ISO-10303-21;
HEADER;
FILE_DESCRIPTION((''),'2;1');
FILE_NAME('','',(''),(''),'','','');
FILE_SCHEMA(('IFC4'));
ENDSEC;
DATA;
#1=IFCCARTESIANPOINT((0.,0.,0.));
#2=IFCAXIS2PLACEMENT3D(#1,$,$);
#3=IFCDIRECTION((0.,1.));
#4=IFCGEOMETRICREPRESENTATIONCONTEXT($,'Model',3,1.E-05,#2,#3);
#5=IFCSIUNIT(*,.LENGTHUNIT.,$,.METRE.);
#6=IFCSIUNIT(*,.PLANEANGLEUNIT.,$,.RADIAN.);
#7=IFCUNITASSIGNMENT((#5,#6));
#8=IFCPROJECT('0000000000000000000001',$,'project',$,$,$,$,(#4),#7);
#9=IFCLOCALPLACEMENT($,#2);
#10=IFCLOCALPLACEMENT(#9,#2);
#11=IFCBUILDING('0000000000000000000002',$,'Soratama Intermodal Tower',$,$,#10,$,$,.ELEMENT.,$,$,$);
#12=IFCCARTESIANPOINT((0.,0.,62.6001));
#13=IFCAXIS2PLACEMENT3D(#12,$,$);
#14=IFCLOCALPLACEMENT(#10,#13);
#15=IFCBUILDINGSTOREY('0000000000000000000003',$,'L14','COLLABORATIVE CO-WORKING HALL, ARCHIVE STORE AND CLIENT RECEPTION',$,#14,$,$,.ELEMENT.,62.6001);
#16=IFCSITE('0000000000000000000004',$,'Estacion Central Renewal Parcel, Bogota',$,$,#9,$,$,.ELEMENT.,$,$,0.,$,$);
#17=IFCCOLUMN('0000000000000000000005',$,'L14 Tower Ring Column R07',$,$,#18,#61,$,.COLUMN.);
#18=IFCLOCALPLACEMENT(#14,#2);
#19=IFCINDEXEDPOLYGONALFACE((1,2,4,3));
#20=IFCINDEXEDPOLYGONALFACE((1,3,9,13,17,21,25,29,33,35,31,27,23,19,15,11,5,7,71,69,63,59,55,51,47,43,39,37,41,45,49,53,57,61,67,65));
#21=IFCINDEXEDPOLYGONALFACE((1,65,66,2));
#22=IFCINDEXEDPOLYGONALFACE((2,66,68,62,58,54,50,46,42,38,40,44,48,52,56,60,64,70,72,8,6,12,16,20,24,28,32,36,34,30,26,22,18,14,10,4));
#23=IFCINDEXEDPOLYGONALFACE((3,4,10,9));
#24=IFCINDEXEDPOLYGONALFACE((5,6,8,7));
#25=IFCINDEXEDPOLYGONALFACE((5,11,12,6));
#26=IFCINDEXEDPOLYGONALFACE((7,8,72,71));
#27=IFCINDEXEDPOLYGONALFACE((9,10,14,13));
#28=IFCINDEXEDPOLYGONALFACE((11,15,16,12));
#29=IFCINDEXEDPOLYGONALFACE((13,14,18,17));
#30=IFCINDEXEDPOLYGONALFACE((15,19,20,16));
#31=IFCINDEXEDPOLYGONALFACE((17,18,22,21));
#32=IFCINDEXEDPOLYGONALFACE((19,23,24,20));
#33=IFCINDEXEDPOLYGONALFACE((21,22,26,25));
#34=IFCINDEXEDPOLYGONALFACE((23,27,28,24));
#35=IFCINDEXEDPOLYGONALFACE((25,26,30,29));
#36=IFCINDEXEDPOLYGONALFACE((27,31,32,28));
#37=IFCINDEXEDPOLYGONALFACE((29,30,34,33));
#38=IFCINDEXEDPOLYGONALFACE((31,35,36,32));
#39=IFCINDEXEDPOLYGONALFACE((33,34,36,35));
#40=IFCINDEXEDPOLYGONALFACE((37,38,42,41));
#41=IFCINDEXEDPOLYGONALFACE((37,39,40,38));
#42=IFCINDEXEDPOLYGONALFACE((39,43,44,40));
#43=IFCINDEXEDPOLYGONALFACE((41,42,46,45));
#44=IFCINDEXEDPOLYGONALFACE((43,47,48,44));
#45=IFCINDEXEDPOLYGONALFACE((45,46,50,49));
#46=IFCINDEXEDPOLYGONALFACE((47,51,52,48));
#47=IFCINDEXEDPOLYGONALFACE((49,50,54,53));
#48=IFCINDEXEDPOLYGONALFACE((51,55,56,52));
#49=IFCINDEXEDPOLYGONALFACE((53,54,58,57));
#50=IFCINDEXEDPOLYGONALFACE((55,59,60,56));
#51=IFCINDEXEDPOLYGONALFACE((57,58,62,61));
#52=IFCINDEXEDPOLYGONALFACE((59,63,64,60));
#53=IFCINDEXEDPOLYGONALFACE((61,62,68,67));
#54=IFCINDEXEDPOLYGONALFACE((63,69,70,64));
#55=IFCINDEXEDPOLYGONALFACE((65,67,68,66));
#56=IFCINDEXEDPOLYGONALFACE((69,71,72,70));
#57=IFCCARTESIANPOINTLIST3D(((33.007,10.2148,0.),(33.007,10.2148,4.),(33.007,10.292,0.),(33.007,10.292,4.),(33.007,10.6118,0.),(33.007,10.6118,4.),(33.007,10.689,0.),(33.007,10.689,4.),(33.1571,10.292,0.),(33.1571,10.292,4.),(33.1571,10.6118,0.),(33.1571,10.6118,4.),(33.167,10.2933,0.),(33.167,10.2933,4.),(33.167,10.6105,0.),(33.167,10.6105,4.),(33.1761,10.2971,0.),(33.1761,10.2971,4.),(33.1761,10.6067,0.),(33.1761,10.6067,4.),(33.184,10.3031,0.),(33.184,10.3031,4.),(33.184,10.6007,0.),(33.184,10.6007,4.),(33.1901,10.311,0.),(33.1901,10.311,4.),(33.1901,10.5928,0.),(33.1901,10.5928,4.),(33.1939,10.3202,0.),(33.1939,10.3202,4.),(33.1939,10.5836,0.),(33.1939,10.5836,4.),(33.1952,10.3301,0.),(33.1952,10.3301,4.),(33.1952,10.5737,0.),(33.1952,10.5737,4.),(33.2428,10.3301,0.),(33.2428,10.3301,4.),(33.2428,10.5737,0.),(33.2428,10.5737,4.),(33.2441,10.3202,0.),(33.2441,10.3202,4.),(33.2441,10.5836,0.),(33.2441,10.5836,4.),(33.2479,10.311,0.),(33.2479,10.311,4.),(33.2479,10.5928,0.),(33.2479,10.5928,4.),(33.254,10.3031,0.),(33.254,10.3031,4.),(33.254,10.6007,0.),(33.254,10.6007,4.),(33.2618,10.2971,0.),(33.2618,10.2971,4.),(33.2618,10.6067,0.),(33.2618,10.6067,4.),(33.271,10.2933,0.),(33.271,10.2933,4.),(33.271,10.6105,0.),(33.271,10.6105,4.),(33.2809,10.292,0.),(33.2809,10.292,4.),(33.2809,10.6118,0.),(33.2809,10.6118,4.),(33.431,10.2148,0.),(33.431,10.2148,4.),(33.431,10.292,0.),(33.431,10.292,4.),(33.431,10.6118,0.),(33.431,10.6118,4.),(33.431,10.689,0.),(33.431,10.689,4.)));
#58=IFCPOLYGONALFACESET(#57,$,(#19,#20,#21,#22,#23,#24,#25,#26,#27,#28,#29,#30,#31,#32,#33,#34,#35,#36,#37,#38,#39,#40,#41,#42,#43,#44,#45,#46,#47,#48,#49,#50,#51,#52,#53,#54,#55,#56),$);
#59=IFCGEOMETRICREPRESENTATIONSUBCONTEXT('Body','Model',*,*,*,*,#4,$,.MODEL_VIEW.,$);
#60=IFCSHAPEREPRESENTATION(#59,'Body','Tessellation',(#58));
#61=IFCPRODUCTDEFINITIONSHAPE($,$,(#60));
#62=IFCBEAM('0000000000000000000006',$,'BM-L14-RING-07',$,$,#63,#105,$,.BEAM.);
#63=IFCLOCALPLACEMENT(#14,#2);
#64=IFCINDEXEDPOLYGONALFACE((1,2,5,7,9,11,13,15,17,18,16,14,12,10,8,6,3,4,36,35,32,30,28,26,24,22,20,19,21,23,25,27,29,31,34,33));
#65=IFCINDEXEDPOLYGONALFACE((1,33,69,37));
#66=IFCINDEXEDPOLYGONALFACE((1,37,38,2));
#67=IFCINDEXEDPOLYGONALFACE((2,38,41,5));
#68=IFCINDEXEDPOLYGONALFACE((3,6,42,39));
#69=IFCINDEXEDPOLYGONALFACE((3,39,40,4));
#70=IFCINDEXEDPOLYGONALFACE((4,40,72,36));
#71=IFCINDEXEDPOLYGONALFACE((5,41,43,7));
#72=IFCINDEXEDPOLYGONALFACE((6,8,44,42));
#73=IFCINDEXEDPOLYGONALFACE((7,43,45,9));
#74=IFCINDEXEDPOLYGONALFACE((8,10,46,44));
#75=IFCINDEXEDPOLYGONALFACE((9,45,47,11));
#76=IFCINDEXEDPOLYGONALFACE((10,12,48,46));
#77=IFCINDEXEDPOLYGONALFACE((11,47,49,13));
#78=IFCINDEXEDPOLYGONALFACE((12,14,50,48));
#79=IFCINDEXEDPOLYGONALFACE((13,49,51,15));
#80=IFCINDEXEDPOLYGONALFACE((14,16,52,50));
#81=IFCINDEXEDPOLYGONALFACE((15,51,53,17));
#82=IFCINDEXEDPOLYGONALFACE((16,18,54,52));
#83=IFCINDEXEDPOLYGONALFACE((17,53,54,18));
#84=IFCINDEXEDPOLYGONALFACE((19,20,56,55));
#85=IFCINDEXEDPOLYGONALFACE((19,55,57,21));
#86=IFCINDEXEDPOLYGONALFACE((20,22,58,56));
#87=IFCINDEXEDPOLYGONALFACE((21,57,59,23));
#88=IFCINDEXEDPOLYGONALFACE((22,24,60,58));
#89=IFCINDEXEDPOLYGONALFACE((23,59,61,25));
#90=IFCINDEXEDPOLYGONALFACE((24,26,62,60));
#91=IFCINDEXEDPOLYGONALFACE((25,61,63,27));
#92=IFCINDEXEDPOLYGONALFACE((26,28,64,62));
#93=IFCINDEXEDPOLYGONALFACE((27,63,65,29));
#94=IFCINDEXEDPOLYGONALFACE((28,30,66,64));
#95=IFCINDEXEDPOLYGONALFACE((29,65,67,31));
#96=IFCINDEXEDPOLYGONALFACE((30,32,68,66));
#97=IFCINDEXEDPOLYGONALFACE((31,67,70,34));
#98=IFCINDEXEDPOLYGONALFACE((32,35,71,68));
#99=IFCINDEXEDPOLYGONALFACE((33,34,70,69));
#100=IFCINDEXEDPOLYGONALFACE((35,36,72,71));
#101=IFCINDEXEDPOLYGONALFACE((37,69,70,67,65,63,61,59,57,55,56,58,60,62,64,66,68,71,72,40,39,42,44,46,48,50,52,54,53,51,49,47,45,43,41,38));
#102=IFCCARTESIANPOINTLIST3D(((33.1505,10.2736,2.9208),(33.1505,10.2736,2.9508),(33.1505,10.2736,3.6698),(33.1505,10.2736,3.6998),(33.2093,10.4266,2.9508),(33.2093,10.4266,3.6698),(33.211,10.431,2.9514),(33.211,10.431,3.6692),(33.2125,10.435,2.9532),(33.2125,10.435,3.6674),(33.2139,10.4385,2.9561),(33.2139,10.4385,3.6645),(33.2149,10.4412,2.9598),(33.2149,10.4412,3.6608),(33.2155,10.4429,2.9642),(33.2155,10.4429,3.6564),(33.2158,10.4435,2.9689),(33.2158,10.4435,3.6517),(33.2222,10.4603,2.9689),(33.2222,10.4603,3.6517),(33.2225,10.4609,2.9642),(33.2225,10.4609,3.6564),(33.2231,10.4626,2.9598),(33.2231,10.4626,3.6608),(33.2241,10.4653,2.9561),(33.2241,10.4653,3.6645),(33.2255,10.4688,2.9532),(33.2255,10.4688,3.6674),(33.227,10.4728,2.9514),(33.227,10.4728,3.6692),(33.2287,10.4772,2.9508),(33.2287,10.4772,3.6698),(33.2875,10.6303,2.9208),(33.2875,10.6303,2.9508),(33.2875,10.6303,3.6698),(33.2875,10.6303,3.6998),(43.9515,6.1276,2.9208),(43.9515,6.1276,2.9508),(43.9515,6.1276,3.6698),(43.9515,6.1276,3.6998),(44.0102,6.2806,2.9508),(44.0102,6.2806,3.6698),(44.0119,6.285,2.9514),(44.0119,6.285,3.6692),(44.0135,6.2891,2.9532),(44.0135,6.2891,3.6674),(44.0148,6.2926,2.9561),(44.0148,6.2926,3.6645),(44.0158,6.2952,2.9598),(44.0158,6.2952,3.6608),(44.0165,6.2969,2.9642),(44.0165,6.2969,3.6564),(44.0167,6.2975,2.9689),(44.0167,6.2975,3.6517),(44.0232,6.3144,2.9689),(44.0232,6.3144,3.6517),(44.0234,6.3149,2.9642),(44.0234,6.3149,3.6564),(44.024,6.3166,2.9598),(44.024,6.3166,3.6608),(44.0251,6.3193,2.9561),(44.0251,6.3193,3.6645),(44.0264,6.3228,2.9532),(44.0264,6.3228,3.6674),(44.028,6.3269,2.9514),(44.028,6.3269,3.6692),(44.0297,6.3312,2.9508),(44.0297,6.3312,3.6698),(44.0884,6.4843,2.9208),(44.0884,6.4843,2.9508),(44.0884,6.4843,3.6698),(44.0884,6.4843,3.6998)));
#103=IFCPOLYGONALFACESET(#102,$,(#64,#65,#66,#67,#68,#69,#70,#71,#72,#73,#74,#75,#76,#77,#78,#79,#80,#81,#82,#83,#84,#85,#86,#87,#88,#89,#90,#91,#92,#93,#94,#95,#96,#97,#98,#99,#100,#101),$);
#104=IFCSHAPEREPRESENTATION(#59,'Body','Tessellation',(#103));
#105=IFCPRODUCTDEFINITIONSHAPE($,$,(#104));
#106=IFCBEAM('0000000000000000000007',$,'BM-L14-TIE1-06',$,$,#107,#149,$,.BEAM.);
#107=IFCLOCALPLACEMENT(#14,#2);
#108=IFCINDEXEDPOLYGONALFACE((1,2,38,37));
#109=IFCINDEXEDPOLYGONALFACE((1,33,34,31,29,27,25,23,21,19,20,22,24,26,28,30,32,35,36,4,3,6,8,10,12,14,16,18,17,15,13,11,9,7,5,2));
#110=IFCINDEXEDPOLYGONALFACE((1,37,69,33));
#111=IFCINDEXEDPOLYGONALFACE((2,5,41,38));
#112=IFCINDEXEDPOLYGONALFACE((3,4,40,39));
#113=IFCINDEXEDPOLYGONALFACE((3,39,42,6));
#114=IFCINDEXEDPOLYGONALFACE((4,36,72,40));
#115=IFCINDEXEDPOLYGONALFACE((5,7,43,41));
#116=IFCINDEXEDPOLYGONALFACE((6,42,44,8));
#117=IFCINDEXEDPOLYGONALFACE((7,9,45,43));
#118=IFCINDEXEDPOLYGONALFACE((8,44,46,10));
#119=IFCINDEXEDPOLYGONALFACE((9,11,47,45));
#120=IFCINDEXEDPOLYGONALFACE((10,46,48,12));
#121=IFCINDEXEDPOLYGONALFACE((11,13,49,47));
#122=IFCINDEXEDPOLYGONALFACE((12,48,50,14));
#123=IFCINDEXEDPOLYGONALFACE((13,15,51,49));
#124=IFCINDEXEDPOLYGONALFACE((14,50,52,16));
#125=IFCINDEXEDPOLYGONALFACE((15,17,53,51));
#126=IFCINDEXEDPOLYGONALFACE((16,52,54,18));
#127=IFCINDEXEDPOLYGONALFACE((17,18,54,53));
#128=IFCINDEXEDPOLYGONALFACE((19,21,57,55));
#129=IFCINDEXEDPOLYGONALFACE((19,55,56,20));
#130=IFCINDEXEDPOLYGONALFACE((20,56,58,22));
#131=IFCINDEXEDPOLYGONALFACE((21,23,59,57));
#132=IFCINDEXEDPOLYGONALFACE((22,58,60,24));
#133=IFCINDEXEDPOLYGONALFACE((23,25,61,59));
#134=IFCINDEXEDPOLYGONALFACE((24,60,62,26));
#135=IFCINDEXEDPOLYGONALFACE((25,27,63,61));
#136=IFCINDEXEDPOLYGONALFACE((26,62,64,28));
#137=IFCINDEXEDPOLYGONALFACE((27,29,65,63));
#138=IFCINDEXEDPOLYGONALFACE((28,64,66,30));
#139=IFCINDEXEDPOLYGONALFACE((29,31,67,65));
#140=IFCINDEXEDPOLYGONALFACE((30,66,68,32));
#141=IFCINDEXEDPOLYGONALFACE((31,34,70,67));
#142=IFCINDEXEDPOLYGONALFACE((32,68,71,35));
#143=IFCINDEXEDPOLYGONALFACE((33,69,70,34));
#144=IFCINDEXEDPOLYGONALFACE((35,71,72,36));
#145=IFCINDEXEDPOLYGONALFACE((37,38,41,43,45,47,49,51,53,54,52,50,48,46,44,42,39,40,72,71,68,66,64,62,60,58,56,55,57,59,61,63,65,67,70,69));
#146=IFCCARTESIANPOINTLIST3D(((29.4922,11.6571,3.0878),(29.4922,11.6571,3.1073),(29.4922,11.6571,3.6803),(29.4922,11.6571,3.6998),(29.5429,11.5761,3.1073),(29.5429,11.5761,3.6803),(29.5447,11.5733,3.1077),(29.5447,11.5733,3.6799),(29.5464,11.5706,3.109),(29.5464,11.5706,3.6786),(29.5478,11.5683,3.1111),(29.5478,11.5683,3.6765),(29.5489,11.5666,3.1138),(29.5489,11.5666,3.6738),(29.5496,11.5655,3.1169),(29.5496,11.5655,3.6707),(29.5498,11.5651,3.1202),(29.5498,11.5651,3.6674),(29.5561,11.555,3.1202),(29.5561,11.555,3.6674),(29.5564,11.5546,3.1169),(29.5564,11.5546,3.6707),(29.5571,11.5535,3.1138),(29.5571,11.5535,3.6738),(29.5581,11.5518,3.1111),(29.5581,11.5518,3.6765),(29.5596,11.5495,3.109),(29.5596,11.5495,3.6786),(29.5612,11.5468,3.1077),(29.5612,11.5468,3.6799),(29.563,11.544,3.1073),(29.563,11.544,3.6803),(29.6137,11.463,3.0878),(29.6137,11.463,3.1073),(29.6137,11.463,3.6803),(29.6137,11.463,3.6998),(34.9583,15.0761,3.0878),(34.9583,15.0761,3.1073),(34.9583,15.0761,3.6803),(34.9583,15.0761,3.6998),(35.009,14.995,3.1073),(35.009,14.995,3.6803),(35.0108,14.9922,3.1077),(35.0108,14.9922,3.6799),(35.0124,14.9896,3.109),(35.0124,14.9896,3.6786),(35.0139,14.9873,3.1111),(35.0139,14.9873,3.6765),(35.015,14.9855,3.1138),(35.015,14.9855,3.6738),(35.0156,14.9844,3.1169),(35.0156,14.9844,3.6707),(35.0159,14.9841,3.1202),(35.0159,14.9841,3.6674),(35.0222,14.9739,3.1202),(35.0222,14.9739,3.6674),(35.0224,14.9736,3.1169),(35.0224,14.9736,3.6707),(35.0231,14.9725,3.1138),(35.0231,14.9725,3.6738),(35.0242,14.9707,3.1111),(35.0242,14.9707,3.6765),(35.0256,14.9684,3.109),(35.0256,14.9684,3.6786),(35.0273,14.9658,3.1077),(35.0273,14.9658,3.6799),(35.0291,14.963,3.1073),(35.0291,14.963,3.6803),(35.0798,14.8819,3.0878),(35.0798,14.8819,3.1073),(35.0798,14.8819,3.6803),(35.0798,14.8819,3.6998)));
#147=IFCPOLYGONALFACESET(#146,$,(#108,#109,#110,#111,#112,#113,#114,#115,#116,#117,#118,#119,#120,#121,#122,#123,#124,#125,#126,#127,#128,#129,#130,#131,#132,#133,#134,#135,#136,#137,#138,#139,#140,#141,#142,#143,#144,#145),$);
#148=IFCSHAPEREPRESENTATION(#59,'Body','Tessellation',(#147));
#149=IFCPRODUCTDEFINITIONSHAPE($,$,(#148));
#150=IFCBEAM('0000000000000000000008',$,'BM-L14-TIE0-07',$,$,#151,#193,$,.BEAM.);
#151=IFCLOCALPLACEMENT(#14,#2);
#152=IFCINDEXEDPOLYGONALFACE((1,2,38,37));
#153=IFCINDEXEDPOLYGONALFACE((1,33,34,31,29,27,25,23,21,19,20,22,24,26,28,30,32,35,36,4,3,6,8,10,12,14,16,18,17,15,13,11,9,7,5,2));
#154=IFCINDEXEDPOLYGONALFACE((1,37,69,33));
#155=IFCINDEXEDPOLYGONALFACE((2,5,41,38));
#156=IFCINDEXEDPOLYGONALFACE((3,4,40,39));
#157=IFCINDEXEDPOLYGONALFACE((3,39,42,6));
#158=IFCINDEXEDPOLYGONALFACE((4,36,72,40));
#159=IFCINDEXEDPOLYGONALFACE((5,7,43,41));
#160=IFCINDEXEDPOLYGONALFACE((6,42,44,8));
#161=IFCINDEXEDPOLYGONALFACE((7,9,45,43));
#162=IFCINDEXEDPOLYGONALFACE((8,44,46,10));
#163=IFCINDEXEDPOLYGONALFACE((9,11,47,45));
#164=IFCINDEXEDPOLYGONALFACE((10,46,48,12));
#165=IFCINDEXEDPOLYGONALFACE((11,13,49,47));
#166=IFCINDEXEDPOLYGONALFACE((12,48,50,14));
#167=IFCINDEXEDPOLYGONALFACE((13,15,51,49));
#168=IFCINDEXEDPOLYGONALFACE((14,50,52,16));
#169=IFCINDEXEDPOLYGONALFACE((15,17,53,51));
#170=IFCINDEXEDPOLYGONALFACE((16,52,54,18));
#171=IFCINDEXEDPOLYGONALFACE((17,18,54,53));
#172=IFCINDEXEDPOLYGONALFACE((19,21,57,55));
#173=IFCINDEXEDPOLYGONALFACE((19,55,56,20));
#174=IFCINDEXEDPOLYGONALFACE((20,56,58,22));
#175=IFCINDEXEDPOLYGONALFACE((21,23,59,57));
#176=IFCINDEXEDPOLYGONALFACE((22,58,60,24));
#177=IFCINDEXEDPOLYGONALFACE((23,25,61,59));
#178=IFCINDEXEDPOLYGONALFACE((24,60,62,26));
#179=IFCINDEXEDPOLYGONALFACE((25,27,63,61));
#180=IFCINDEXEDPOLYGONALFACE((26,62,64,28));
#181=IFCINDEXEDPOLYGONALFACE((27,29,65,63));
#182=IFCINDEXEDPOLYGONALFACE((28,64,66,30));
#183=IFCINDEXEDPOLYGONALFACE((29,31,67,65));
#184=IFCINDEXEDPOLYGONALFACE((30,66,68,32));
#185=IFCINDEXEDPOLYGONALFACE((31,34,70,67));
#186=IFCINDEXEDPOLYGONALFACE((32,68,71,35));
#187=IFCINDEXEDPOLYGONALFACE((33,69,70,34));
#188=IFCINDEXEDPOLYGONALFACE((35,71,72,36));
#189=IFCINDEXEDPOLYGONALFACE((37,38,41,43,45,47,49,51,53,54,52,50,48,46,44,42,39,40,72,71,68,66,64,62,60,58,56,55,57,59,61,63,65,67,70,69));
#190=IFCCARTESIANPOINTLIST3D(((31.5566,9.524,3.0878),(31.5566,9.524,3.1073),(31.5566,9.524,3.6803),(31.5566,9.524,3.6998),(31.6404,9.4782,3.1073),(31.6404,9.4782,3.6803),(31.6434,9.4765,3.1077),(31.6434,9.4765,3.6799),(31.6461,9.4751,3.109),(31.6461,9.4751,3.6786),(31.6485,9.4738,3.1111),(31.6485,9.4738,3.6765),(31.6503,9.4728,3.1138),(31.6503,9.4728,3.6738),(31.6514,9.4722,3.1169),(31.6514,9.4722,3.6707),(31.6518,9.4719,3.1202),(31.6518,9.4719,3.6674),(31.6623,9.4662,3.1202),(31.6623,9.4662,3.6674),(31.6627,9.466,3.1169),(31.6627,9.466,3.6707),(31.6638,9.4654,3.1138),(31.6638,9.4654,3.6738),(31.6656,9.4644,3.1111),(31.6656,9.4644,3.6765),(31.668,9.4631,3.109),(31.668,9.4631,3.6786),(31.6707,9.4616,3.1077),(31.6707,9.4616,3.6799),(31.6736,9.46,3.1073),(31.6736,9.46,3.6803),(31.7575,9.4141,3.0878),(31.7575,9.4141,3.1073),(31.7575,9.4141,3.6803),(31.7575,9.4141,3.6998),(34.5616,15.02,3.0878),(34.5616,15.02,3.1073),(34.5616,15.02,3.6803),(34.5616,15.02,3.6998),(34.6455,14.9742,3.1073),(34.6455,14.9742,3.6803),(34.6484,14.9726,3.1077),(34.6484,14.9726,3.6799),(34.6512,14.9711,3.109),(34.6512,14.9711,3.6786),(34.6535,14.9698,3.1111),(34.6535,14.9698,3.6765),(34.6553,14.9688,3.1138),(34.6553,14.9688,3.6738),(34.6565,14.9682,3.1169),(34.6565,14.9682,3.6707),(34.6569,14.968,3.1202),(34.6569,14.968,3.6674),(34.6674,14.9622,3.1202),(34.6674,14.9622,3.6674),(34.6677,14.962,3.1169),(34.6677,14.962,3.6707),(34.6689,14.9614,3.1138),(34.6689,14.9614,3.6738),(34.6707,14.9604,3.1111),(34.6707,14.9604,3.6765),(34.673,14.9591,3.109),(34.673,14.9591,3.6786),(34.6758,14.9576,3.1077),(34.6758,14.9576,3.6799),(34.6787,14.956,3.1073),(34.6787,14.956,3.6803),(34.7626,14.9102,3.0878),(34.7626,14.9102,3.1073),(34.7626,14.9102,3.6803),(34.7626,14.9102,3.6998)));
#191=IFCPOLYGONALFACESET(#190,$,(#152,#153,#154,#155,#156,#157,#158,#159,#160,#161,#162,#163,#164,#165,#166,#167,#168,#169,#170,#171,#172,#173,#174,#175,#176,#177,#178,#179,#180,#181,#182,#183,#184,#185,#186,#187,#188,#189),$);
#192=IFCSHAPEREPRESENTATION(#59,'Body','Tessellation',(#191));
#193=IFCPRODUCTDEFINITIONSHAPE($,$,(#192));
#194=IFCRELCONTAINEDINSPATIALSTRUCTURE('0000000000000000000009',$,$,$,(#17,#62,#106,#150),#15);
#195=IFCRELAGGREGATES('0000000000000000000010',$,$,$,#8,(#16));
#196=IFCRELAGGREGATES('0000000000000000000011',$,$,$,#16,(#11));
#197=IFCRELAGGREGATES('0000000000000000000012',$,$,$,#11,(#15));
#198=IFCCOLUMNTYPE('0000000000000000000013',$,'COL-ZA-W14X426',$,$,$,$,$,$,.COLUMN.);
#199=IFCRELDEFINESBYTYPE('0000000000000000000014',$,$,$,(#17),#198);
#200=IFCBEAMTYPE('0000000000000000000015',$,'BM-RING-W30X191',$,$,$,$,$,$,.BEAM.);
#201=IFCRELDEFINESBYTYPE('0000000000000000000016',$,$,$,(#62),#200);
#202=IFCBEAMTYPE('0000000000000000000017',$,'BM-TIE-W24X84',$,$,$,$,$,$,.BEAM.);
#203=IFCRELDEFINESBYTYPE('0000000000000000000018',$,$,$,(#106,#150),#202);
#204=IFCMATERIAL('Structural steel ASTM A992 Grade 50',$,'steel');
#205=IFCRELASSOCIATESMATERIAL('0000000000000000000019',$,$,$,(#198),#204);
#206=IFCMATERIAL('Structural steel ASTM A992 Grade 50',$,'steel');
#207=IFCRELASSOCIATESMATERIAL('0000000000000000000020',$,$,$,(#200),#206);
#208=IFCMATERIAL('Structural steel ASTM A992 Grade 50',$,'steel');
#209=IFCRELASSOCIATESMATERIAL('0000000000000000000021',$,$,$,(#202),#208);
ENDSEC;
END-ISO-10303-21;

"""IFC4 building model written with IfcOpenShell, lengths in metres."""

from ifc_helpers import new_model, si_unit, direction, frame, origin, origin_2d, place, context, subcontext, project, spatial, i_section, extrude, material, material_profile, profile_set, type_object, element, save


model = new_model("IFC4")

# Units and contexts
model_context = context("Model", 3, precision=1e-05, world=origin(), true_north=direction((0.0, 1.0)))
body_context = subcontext(model_context, "Body", "Model", "MODEL_VIEW")
ifc_project = project(units=[si_unit("LENGTHUNIT", "METRE"), si_unit("PLANEANGLEUNIT", "RADIAN")], contexts=[model_context])

# Site, building, storey
site_placement = place(None, origin())
site = spatial("IfcSite", under=ifc_project, at=site_placement, Name="Estacion Central Renewal Parcel, Bogota", CompositionType="ELEMENT", RefElevation=0.0)
building_placement = place(site_placement, origin())
building = spatial("IfcBuilding", under=site, at=building_placement, Name="Soratama Intermodal Tower", CompositionType="ELEMENT")
storey_placement = place(building_placement, frame((0.0, 0.0, 62.6001)))
storey = spatial("IfcBuildingStorey", under=building, at=storey_placement, Name="L14", Description="COLLABORATIVE CO-WORKING HALL, ARCHIVE STORE AND CLIENT RECEPTION", CompositionType="ELEMENT", Elevation=62.6001)

# Column
ifc_material_1 = material(Name="Structural steel ASTM A992 Grade 50", Category="steel")
ifc_material_profile_1 = material_profile(ifc_material_1, i_section(OverallWidth=0.4241, OverallDepth=0.4741, WebThickness=0.0476, FlangeThickness=0.0771, FilletRadius=0.0381, at=origin_2d()), Name="W14X426")
ifc_profile_set_1 = profile_set([ifc_material_profile_1], Name="Structural steel ASTM A992 Grade 50")
column_type = type_object("IfcColumnType", Name="COL-ZA-W14X426", PredefinedType="COLUMN", material=ifc_profile_set_1)
column_placement = place(storey_placement, frame((33.219, 10.4519, 0.0), z_axis=(0.0, 0.0, 1.0), x_axis=(1.0, 0.0, 0.0)))
element("IfcColumn", 1, at=column_placement, inside=storey, type_object=column_type, Name="L14 Tower Ring Column R07", PredefinedType="COLUMN", context=body_context, shape_type="SweptSolid", body=[
    extrude(i_section(OverallWidth=0.4241, OverallDepth=0.4741, WebThickness=0.0476, FlangeThickness=0.0771, FilletRadius=0.0381, at=origin_2d()), origin(), (0.0, 0.0, 1.0), 4.0),
])

# Beams
ifc_material_2 = material(Name="Structural steel ASTM A992 Grade 50", Category="steel")
ifc_material_profile_2 = material_profile(ifc_material_2, i_section(OverallWidth=0.3821, OverallDepth=0.7791, WebThickness=0.0181, FlangeThickness=0.03, FilletRadius=0.0181, at=origin_2d()), Name="W30X191")
ifc_profile_set_2 = profile_set([ifc_material_profile_2], Name="Structural steel ASTM A992 Grade 50")
beam_type_1 = type_object("IfcBeamType", Name="BM-RING-W30X191", PredefinedType="BEAM", material=ifc_profile_set_2)
beam_1_placement = place(storey_placement, frame((33.219, 10.4519, 3.3103), z_axis=(0.933584, -0.358358, 0.0), x_axis=(0.358358, 0.933584, 0.0)))
element("IfcBeam", 2, at=beam_1_placement, inside=storey, type_object=beam_type_1, Name="BM-L14-RING-07", PredefinedType="BEAM", context=body_context, shape_type="SweptSolid", body=[
    extrude(i_section(OverallWidth=0.3821, OverallDepth=0.7791, WebThickness=0.0181, FlangeThickness=0.03, FilletRadius=0.0181, at=origin_2d()), origin(), (0.0, 0.0, 1.0), 11.5693),
])
ifc_material_3 = material(Name="Structural steel ASTM A992 Grade 50", Category="steel")
ifc_material_profile_3 = material_profile(ifc_material_3, i_section(OverallWidth=0.229, OverallDepth=0.6121, WebThickness=0.012, FlangeThickness=0.0195, FilletRadius=0.0129, at=origin_2d()), Name="W24X84")
ifc_profile_set_3 = profile_set([ifc_material_profile_3], Name="Structural steel ASTM A992 Grade 50")
beam_type_2 = type_object("IfcBeamType", Name="BM-TIE-W24X84", PredefinedType="BEAM", material=ifc_profile_set_3)
beam_2_placement = place(storey_placement, frame((35.019, 14.979, 3.3938), z_axis=(-0.847813, -0.530295, 0.0), x_axis=(0.530295, -0.847813, 0.0)))
element("IfcBeam", 3, at=beam_2_placement, inside=storey, type_object=beam_type_2, Name="BM-L14-TIE1-06", PredefinedType="BEAM", context=body_context, shape_type="SweptSolid", body=[
    extrude(i_section(OverallWidth=0.229, OverallDepth=0.6121, WebThickness=0.012, FlangeThickness=0.0195, FilletRadius=0.0129, at=origin_2d()), origin(), (0.0, 0.0, 1.0), 6.4473),
])
beam_3_placement = place(storey_placement, frame((34.6621, 14.9651, 3.3938), z_axis=(-0.479745, -0.877408, 0.0), x_axis=(0.877408, -0.479745, 0.0)))
element("IfcBeam", 4, at=beam_3_placement, inside=storey, type_object=beam_type_2, Name="BM-L14-TIE0-07", PredefinedType="BEAM", context=body_context, shape_type="SweptSolid", body=[
    extrude(i_section(OverallWidth=0.229, OverallDepth=0.6121, WebThickness=0.012, FlangeThickness=0.0195, FilletRadius=0.0129, at=origin_2d()), origin(), (0.0, 0.0, 1.0), 6.2639),
])

save(model, "model.ifc")
